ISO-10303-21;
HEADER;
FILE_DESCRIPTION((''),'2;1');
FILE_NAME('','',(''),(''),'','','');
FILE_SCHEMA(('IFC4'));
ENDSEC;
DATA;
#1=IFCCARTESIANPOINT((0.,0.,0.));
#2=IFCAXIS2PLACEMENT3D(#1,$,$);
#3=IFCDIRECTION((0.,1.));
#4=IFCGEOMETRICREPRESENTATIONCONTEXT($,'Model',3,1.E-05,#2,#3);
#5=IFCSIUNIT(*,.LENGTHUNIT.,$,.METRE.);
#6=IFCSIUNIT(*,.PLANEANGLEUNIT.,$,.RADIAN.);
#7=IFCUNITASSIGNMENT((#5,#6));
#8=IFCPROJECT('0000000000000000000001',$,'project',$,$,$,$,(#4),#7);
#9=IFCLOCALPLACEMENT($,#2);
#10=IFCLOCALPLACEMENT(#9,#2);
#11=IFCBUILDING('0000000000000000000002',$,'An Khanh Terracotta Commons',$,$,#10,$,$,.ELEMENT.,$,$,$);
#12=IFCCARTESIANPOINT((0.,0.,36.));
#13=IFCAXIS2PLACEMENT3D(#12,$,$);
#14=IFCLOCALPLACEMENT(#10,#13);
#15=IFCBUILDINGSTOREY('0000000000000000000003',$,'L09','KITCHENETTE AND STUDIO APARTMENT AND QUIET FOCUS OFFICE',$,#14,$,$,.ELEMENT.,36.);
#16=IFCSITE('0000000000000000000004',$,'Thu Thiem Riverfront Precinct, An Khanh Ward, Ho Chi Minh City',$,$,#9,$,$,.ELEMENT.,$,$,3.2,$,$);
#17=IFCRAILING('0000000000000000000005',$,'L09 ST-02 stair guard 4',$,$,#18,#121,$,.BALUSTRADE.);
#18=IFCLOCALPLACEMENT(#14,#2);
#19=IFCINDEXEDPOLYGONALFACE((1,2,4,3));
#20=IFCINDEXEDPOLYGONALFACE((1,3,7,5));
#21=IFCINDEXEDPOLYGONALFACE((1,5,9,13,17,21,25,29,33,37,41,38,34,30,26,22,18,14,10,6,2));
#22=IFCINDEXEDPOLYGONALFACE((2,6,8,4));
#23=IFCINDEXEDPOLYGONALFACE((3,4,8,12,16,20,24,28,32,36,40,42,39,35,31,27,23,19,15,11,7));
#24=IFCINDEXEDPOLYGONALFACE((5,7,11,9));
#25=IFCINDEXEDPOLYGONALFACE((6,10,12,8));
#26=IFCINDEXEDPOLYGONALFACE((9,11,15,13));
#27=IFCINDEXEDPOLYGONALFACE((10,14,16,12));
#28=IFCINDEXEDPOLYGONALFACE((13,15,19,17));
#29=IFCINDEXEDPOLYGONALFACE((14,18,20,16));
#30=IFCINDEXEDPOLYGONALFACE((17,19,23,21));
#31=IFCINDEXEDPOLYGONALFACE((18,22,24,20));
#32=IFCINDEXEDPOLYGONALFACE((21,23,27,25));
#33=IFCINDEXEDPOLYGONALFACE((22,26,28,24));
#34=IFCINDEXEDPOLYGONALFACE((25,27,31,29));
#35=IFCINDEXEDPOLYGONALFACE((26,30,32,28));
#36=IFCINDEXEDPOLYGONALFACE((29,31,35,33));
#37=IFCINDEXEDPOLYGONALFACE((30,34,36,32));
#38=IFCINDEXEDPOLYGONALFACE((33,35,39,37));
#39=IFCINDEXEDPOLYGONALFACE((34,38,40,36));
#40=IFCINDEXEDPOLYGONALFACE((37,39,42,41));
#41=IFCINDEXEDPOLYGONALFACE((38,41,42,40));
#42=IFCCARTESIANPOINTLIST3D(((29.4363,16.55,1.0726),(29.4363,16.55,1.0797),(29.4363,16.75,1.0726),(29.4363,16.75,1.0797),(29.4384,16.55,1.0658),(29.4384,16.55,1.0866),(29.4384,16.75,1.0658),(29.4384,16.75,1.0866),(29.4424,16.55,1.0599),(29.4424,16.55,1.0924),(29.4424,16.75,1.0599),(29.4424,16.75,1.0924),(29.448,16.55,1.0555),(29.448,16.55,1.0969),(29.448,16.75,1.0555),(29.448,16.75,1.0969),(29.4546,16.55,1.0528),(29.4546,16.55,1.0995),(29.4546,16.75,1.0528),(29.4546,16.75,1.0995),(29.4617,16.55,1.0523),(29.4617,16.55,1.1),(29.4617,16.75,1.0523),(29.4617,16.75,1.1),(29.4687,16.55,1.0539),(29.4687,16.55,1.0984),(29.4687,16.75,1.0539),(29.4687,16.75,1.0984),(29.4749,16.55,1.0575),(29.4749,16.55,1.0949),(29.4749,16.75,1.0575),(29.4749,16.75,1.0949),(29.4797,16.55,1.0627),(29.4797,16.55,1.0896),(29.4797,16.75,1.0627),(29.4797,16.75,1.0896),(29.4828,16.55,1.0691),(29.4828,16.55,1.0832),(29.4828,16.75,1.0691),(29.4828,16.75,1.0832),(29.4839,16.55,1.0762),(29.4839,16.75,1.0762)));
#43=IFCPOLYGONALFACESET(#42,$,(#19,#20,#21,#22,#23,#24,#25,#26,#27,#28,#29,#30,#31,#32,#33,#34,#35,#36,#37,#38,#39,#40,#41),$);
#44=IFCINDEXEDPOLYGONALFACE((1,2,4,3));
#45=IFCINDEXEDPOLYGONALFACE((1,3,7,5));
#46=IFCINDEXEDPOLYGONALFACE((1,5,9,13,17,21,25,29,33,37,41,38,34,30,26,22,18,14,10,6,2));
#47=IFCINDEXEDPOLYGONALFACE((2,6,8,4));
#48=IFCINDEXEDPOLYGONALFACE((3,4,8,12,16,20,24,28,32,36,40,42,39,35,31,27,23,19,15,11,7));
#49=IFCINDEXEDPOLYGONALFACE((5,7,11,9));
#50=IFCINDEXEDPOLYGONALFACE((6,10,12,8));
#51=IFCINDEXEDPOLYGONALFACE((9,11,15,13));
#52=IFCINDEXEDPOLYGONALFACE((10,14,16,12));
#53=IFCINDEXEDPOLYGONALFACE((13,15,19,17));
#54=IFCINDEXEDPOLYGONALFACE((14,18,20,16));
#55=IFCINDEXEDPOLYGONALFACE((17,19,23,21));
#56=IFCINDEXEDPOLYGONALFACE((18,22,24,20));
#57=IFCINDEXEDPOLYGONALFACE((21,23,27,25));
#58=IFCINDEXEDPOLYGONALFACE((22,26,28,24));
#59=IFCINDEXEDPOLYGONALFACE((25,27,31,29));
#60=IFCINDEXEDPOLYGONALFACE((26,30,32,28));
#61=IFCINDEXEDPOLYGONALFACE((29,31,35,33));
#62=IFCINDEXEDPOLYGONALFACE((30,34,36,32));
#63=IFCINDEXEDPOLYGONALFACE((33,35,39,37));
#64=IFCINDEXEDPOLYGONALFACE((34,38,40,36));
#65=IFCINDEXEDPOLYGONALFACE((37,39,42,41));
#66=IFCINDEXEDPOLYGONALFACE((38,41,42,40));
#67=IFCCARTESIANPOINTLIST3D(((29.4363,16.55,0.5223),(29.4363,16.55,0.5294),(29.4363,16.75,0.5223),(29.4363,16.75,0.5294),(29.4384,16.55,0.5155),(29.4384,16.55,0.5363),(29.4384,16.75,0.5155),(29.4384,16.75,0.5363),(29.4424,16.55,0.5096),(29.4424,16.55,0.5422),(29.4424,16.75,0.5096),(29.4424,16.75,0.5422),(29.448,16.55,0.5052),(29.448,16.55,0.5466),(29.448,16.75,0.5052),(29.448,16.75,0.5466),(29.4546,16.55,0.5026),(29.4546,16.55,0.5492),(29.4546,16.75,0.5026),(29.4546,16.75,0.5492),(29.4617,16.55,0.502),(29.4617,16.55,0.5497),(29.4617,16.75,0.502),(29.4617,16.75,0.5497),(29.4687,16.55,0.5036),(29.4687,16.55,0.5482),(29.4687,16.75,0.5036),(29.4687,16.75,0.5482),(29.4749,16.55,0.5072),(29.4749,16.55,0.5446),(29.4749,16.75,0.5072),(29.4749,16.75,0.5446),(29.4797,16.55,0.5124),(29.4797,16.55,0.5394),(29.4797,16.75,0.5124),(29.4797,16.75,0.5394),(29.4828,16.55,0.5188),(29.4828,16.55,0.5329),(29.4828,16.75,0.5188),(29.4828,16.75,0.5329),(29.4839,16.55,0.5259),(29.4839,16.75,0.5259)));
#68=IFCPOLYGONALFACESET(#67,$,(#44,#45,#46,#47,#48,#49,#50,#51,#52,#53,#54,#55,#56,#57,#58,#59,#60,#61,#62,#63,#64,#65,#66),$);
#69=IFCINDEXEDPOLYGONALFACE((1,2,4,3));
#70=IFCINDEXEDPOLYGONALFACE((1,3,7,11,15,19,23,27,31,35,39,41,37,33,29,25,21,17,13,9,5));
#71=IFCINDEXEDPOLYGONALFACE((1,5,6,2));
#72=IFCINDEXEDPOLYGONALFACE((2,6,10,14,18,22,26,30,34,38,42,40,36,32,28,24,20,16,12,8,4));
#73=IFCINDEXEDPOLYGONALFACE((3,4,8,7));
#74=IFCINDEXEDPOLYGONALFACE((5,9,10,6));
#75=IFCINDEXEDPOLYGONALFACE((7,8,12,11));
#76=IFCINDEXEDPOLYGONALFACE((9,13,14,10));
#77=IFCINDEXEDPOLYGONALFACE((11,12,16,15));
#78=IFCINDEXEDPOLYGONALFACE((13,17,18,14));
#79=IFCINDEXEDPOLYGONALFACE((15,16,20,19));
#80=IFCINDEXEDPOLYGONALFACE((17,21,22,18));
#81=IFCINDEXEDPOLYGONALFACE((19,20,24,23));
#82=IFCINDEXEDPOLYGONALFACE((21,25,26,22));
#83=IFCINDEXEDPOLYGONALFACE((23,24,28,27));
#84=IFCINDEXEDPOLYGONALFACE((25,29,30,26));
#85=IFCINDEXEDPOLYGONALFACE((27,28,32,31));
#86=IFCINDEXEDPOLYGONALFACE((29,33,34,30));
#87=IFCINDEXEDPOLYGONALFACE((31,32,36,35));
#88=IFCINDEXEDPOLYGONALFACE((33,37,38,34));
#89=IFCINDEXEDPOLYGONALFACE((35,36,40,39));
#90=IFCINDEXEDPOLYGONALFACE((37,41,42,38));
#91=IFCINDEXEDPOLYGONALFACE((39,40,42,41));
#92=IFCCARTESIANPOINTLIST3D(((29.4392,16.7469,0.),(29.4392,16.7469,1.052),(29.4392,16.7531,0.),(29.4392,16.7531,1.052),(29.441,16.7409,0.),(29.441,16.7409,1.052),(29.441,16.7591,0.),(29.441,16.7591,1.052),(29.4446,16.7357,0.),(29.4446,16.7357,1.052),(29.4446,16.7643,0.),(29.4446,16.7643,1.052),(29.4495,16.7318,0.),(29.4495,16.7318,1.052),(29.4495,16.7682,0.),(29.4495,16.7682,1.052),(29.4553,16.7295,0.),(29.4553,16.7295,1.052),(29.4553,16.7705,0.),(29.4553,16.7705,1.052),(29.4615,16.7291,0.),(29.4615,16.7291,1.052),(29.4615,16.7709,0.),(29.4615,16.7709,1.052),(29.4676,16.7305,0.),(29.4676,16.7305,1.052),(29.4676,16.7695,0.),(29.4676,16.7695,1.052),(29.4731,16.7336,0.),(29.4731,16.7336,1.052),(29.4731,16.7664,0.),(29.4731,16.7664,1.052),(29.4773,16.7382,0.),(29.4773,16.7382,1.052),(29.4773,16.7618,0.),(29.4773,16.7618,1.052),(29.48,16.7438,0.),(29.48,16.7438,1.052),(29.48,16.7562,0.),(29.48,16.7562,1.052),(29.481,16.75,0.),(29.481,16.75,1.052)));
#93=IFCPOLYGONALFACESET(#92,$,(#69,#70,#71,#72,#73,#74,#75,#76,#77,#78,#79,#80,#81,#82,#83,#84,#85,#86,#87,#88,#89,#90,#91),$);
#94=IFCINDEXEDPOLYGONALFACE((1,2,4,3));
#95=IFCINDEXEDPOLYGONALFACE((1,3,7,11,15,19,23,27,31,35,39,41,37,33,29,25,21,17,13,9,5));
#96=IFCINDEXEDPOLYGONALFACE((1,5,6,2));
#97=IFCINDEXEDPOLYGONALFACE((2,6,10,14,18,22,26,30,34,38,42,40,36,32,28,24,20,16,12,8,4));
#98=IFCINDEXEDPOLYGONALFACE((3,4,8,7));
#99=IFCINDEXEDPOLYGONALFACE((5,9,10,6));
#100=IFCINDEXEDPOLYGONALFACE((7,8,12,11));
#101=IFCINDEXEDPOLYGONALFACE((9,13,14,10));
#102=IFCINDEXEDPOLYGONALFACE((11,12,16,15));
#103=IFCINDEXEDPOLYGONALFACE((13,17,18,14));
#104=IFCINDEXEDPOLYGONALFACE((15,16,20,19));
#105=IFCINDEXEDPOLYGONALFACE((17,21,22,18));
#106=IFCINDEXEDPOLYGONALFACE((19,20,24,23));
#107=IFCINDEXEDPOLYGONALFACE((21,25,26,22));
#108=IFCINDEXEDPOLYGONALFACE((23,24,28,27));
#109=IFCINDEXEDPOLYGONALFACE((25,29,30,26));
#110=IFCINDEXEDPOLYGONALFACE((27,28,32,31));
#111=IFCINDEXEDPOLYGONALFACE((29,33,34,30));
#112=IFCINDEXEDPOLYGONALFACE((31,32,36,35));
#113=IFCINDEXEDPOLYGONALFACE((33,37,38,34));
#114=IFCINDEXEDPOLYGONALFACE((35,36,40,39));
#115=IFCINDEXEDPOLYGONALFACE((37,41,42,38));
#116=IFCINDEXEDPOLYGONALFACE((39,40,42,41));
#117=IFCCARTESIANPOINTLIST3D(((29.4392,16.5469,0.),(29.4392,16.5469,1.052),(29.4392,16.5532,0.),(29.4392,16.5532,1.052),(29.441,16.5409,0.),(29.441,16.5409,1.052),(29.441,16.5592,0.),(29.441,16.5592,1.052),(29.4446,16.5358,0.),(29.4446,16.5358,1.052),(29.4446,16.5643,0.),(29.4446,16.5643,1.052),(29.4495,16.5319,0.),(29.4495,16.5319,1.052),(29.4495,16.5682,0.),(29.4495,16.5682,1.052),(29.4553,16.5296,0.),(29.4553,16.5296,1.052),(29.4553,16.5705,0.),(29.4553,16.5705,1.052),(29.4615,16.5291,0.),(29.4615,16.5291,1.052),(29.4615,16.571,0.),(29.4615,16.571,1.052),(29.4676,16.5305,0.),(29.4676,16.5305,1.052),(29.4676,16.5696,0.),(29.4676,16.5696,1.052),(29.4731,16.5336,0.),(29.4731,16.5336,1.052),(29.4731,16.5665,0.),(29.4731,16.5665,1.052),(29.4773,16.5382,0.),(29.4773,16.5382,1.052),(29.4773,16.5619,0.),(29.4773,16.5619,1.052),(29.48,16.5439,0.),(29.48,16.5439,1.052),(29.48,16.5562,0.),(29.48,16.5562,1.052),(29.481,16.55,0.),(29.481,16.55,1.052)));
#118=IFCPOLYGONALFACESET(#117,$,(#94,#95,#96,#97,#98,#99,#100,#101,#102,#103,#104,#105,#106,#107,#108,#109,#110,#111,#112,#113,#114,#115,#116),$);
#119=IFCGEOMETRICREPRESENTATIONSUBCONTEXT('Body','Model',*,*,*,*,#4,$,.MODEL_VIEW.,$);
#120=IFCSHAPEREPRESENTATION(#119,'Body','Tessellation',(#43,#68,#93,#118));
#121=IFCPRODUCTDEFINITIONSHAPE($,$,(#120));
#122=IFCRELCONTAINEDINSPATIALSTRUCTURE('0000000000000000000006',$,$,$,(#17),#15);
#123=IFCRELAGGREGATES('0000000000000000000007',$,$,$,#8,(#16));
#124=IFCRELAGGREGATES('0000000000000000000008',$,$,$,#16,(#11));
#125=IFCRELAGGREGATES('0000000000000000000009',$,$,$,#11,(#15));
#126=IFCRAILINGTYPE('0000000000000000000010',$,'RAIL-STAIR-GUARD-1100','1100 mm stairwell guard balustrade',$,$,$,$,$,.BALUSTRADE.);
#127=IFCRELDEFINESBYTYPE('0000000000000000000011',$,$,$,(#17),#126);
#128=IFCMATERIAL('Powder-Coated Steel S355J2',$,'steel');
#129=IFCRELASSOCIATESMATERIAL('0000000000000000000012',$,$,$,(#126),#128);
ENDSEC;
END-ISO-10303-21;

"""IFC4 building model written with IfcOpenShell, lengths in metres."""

from ifc_helpers import new_model, si_unit, direction, frame, origin, origin_2d, place, context, subcontext, project, spatial, circle, extrude, material, type_object, element, save


model = new_model("IFC4")

# Units and contexts
model_context = context("Model", 3, precision=1e-05, world=origin(), true_north=direction((0.0, 1.0)))
body_context = subcontext(model_context, "Body", "Model", "MODEL_VIEW")
ifc_project = project(units=[si_unit("LENGTHUNIT", "METRE"), si_unit("PLANEANGLEUNIT", "RADIAN")], contexts=[model_context])

# Site, building, storey
site_placement = place(None, origin())
site = spatial("IfcSite", under=ifc_project, at=site_placement, Name="Thu Thiem Riverfront Precinct, An Khanh Ward, Ho Chi Minh City", CompositionType="ELEMENT", RefElevation=3.2)
building_placement = place(site_placement, origin())
building = spatial("IfcBuilding", under=site, at=building_placement, Name="An Khanh Terracotta Commons", CompositionType="ELEMENT")
storey_placement = place(building_placement, frame((0.0, 0.0, 36.0)))
storey = spatial("IfcBuildingStorey", under=building, at=storey_placement, Name="L09", Description="KITCHENETTE AND STUDIO APARTMENT AND QUIET FOCUS OFFICE", CompositionType="ELEMENT", Elevation=36.0)

# Railing
ifc_material_1 = material(Name="Powder-Coated Steel S355J2", Category="steel")
railing_type_1 = type_object("IfcRailingType", Name="RAIL-STAIR-GUARD-1100", Description="1100 mm stairwell guard balustrade", PredefinedType="BALUSTRADE", material=ifc_material_1)
railing_1_placement = place(storey_placement, frame((29.46, 16.75, 0.0)))
element("IfcRailing", 1, at=railing_1_placement, inside=storey, type_object=railing_type_1, Name="L09 ST-02 stair guard 4", PredefinedType="BALUSTRADE", context=body_context, shape_type="SweptSolid", body=[
    extrude(circle(Radius=0.0239, at=origin_2d()), frame((0.0, 0.0, 1.0762), z_axis=(0.0, -1.0, 0.0), x_axis=(1.0, 0.0, 0.0)), (0.0, 0.0, 1.0), 0.2),
    extrude(circle(Radius=0.0239, at=origin_2d()), frame((0.0, 0.0, 0.5259), z_axis=(0.0, -1.0, 0.0), x_axis=(1.0, 0.0, 0.0)), (0.0, 0.0, 1.0), 0.2),
    extrude(circle(Radius=0.021, at=origin_2d()), origin(), (0.0, 0.0, 1.0), 1.052),
    extrude(circle(Radius=0.021, at=origin_2d()), frame((0.0, -0.2, 0.0)), (0.0, 0.0, 1.0), 1.052),
])

save(model, "model.ifc")
